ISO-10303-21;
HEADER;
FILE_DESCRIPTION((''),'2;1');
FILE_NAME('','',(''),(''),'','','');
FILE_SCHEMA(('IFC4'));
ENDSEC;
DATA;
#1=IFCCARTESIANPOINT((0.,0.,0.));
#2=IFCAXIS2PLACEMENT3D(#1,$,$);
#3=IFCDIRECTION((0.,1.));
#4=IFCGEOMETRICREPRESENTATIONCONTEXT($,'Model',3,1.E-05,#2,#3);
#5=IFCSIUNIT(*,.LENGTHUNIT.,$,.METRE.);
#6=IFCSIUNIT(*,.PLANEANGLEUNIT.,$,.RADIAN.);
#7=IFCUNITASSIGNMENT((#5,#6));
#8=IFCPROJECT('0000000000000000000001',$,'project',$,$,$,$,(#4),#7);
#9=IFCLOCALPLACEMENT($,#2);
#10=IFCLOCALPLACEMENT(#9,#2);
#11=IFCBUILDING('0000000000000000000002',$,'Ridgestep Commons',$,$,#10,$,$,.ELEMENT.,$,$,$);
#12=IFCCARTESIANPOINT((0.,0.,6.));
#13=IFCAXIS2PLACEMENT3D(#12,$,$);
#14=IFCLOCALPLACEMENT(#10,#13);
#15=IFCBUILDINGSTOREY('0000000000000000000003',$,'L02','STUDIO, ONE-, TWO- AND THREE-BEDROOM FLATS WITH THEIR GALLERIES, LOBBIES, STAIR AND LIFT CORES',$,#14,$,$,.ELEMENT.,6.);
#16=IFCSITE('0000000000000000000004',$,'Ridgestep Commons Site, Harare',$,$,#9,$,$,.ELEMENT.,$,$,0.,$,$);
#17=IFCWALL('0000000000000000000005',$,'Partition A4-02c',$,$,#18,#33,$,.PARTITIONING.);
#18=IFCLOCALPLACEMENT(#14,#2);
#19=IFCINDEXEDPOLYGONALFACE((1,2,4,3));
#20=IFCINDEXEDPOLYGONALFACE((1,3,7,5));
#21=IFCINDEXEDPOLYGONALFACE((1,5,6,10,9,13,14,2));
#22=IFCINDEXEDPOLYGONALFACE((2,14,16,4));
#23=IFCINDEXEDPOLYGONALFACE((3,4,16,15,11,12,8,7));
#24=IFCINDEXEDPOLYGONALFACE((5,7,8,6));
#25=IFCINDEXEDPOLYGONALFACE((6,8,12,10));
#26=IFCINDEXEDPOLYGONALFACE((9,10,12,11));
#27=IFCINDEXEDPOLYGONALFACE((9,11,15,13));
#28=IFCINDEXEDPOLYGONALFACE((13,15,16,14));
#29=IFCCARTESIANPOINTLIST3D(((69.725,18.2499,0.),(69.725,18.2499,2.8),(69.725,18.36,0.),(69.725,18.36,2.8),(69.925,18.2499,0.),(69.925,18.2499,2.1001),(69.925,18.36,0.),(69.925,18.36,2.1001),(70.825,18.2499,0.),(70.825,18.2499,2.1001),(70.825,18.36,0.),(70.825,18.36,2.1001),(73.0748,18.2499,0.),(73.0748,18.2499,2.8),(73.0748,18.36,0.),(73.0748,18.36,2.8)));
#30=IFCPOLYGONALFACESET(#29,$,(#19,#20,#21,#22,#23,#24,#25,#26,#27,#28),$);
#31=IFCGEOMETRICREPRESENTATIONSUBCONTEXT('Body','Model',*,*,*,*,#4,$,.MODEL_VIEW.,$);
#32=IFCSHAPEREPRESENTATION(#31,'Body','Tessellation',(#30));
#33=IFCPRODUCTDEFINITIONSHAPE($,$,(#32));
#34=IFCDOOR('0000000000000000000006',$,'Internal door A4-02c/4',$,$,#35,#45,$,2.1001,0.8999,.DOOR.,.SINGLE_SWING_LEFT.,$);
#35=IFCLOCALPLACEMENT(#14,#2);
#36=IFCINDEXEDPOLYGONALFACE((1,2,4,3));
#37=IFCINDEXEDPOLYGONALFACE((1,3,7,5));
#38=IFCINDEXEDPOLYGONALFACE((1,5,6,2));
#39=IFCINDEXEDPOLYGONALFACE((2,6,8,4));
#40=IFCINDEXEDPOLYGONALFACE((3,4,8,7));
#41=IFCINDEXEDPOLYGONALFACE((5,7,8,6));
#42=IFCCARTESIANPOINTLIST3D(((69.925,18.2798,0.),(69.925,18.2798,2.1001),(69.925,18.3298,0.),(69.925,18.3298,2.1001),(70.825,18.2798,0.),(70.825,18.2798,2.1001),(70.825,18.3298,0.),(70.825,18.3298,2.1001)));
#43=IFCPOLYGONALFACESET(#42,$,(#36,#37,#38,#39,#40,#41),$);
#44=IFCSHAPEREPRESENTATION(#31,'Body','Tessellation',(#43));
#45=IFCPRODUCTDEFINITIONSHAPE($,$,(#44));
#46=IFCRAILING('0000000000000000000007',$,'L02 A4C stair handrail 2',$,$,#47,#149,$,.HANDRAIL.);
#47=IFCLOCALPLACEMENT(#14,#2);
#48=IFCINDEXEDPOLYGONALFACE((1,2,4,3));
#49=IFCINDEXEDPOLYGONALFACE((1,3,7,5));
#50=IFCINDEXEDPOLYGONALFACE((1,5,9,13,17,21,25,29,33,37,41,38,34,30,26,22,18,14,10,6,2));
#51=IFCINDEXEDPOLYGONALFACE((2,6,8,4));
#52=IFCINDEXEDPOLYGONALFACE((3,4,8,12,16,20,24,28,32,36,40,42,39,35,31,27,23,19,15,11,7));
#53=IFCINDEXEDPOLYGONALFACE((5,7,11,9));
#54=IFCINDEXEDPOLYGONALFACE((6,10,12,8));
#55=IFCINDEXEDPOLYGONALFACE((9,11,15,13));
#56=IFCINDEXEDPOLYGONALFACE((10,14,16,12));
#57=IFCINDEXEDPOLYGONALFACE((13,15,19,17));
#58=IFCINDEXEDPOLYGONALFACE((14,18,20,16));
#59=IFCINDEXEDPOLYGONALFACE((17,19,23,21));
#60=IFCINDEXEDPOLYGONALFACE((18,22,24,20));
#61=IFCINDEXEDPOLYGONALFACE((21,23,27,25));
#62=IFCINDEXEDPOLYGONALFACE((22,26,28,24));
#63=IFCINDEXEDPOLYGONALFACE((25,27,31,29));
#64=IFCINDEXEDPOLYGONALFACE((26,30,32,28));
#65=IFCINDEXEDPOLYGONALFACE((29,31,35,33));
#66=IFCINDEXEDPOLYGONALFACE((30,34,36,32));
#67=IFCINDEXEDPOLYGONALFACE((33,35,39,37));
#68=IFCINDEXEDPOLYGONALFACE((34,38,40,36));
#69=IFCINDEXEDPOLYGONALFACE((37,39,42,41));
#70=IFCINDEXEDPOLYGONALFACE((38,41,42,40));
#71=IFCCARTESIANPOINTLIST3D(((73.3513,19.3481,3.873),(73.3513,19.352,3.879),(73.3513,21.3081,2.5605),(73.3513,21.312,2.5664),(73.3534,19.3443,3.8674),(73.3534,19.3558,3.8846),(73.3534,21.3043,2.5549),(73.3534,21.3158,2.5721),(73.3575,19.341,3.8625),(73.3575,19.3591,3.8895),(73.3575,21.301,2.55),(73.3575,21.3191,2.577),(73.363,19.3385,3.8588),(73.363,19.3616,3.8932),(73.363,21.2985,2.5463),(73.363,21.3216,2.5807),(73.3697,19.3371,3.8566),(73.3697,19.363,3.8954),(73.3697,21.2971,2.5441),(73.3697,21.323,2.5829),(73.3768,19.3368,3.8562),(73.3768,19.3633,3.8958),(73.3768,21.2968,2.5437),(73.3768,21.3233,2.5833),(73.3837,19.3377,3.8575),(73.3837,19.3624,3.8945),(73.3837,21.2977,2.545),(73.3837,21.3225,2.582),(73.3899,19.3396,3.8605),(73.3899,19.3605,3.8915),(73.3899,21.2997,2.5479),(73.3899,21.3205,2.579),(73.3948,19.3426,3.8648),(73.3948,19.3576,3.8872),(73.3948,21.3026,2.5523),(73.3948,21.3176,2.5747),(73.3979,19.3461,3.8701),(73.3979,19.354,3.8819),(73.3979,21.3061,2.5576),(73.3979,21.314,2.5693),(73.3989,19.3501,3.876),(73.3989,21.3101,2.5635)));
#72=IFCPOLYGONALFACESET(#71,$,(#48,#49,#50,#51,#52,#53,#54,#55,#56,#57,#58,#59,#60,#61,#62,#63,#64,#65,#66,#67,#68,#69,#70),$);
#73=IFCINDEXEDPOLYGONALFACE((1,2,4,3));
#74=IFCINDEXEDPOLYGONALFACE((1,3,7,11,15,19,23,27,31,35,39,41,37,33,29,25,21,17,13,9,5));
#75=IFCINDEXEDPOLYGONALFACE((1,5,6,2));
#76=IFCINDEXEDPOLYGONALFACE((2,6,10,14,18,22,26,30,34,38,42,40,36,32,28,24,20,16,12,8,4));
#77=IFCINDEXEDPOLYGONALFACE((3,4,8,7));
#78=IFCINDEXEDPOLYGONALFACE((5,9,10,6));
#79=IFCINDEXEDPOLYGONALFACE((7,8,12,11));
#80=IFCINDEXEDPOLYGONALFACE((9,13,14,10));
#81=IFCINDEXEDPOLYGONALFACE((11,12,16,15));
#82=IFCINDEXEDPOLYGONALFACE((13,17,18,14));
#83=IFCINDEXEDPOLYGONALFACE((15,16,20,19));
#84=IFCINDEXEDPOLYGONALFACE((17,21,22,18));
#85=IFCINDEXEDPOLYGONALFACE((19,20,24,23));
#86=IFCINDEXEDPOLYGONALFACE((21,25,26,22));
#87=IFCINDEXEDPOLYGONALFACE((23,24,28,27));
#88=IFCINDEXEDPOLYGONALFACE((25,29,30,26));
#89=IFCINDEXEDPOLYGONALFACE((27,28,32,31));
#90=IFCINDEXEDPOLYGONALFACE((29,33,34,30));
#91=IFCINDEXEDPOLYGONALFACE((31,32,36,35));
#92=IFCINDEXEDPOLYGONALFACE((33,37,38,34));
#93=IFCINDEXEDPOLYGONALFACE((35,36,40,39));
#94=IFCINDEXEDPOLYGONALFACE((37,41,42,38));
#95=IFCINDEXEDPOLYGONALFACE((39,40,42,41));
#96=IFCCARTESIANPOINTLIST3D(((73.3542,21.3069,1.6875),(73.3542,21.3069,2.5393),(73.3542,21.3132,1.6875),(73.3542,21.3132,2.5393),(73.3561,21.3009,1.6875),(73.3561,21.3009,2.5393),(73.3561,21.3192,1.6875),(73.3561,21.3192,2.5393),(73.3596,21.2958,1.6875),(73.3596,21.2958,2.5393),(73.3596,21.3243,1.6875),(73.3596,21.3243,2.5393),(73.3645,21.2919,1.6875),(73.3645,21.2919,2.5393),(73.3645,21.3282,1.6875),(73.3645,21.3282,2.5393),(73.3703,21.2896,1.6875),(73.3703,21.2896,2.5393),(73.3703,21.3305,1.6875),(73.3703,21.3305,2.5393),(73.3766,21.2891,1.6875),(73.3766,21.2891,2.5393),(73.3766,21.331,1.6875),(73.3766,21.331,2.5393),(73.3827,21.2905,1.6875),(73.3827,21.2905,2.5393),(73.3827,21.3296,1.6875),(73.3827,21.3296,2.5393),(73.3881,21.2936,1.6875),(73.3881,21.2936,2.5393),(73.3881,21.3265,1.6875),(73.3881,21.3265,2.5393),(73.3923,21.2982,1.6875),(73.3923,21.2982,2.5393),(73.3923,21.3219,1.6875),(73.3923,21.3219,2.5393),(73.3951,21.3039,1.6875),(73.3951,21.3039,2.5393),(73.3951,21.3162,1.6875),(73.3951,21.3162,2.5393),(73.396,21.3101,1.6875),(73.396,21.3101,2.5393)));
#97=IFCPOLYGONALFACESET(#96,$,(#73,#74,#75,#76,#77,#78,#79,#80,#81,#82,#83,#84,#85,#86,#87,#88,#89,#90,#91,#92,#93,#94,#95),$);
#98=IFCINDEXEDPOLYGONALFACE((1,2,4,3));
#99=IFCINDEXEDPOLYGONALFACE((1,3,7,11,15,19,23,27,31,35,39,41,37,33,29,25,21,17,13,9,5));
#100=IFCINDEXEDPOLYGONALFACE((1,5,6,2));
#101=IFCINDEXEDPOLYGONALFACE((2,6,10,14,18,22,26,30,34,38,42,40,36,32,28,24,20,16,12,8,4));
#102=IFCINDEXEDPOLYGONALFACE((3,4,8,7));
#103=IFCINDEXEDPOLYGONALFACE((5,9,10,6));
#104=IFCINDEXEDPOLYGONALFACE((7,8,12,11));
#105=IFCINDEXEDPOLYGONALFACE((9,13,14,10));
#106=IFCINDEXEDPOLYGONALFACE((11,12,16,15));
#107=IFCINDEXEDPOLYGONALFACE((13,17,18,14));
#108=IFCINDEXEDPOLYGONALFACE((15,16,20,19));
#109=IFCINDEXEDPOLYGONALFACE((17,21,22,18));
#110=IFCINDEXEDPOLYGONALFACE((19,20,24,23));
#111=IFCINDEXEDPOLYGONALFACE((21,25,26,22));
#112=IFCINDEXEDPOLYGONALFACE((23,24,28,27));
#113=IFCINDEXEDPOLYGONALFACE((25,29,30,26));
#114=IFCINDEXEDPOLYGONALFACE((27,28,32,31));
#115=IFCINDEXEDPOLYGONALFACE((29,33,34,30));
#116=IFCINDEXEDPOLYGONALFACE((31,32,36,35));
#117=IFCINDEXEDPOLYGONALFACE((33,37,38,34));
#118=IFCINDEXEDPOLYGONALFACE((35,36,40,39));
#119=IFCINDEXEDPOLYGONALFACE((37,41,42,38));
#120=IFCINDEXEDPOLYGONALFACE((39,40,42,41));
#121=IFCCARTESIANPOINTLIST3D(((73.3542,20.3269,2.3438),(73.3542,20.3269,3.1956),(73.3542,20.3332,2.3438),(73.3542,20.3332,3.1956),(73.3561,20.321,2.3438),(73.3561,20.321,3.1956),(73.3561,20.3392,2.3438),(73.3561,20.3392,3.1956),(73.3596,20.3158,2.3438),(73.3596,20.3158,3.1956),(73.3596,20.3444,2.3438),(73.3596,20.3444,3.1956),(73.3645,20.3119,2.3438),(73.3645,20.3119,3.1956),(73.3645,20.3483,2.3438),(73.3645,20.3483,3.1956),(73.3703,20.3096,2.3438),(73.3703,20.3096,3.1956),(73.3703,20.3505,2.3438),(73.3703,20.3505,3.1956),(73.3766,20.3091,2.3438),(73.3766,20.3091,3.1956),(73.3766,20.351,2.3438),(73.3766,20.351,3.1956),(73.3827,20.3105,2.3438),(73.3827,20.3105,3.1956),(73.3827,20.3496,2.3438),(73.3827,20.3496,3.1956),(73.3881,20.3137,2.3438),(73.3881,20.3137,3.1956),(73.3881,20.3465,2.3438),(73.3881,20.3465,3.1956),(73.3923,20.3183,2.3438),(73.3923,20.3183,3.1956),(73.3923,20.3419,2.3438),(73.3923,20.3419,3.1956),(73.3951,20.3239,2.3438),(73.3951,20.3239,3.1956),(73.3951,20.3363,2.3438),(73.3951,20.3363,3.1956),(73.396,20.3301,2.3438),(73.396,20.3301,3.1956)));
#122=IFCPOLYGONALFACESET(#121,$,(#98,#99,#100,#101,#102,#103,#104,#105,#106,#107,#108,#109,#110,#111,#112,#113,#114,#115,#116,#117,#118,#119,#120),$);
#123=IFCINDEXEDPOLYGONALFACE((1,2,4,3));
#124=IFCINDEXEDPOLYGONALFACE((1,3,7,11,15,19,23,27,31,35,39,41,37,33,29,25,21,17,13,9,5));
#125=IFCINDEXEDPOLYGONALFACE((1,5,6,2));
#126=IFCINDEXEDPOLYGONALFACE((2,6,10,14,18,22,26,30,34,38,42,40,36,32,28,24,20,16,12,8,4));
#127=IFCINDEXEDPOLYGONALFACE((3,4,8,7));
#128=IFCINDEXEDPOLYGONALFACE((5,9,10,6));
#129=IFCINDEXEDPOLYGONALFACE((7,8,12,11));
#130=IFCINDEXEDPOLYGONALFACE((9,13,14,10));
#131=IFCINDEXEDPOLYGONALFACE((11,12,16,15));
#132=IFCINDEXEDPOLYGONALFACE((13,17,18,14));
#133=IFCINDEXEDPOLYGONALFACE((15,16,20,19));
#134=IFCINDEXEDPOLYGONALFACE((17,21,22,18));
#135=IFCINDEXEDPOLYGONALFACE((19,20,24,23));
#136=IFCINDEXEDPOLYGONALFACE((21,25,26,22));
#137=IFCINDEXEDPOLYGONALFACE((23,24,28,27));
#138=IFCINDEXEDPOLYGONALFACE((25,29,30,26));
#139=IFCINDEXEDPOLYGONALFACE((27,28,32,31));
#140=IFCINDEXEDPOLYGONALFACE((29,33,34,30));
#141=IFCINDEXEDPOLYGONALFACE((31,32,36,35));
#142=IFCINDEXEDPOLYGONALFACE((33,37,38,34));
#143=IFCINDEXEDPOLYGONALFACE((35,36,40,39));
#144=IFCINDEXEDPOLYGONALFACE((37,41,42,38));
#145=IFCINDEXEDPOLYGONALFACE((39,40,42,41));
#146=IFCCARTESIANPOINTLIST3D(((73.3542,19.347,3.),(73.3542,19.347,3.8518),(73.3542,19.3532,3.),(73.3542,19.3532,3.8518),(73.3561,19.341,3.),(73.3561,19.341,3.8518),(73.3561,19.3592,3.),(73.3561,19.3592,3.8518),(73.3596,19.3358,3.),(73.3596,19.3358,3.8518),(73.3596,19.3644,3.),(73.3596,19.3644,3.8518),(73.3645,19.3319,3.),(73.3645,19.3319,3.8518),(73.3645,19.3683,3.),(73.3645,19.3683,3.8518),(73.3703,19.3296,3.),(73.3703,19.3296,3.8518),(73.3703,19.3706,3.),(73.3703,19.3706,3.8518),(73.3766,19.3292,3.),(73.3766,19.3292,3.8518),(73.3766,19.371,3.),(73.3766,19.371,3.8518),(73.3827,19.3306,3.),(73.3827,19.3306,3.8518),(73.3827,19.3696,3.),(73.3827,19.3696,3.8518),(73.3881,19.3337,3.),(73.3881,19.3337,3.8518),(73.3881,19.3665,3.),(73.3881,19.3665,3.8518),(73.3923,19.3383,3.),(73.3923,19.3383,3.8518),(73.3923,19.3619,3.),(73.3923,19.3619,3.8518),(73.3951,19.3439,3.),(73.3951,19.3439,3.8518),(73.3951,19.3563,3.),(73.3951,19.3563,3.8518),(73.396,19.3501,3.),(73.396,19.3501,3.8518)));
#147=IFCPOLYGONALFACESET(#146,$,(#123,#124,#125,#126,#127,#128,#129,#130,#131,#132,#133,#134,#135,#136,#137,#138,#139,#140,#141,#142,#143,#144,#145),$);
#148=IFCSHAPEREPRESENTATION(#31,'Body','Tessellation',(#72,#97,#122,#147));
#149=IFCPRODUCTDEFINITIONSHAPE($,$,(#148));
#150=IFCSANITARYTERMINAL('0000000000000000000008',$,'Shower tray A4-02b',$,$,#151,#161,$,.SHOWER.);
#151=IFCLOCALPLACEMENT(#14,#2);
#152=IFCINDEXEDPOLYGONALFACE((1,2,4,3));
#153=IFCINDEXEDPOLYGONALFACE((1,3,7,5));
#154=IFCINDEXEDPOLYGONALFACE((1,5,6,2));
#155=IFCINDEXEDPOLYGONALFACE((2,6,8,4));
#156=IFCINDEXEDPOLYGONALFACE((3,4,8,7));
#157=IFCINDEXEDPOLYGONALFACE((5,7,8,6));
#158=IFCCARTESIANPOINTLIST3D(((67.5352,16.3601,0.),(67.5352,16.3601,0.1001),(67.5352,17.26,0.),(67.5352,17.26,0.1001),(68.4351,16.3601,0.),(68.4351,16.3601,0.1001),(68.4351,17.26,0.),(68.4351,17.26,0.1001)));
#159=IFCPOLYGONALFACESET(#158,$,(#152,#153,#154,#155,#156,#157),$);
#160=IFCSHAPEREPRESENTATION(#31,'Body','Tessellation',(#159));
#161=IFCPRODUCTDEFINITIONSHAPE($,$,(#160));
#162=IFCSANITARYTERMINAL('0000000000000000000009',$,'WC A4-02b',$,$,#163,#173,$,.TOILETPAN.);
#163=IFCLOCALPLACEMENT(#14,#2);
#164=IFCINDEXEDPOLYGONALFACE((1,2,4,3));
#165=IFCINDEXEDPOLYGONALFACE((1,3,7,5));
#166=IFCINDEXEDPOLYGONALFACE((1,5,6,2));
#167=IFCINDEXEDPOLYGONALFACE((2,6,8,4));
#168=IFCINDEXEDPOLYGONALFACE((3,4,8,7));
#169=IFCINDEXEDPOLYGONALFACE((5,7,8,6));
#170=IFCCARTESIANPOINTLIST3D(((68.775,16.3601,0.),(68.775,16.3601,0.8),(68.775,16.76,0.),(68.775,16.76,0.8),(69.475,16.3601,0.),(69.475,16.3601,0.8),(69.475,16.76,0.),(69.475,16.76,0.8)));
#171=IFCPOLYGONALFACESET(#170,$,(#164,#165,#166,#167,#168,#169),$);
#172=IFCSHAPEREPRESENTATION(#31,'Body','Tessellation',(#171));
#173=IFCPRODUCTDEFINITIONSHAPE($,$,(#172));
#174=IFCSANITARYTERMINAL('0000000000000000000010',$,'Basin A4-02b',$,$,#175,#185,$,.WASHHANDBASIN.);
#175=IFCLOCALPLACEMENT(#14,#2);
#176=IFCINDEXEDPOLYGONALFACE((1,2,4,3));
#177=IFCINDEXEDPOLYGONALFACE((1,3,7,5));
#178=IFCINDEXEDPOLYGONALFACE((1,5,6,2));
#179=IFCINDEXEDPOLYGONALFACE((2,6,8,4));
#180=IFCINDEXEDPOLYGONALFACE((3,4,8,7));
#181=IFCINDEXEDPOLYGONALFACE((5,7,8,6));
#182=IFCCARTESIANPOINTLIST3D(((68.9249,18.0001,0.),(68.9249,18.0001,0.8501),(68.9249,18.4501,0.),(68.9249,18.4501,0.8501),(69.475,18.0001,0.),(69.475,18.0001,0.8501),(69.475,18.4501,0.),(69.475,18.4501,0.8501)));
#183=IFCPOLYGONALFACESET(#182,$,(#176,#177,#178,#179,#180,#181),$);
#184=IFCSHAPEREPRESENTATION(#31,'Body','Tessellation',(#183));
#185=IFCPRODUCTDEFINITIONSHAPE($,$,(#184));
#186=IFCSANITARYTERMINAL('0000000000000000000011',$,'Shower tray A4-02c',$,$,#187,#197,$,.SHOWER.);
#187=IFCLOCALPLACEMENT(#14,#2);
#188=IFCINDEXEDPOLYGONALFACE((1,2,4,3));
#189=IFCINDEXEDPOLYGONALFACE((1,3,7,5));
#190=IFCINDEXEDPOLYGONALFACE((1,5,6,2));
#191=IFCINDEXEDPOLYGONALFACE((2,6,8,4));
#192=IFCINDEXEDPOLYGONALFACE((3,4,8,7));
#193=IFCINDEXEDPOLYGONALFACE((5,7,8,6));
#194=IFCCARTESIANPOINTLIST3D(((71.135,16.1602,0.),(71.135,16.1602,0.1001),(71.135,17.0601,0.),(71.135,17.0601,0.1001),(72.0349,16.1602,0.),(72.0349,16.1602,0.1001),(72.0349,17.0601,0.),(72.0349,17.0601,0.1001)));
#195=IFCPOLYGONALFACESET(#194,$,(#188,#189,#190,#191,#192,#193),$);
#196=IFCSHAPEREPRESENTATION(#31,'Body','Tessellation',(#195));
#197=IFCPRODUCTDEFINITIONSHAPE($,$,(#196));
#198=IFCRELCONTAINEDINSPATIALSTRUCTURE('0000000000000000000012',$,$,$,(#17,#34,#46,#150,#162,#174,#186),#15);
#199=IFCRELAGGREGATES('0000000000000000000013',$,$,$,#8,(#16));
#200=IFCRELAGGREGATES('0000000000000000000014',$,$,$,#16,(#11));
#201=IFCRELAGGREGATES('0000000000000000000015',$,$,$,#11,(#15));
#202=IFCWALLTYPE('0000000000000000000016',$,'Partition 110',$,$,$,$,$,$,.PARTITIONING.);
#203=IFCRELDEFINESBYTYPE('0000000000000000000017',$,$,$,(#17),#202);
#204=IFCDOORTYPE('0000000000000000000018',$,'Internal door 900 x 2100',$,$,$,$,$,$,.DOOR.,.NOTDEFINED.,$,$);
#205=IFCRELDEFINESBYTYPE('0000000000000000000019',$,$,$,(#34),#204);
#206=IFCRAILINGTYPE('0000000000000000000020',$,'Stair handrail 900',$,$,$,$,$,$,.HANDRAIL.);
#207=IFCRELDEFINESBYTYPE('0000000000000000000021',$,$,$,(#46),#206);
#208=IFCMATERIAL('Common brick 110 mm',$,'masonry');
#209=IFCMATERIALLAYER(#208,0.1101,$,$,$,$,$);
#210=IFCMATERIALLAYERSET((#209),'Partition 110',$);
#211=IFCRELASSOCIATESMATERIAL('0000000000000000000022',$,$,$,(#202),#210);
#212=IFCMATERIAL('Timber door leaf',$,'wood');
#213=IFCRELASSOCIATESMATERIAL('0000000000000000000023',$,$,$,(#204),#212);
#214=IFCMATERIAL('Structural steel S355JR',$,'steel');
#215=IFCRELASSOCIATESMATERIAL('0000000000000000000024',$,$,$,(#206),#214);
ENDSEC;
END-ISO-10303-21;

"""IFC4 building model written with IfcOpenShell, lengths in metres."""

from ifc_helpers import new_model, si_unit, direction, frame, frame_2d, origin, origin_2d, place, context, subcontext, project, spatial, rectangle, circle, extrude, material, layer, layer_set, type_object, element, fill, save


model = new_model("IFC4")

# Units and contexts
model_context = context("Model", 3, precision=1e-05, world=origin(), true_north=direction((0.0, 1.0)))
body_context = subcontext(model_context, "Body", "Model", "MODEL_VIEW")
ifc_project = project(units=[si_unit("LENGTHUNIT", "METRE"), si_unit("PLANEANGLEUNIT", "RADIAN")], contexts=[model_context])

# Site, building, storey
site_placement = place(None, origin())
site = spatial("IfcSite", under=ifc_project, at=site_placement, Name="Ridgestep Commons Site, Harare", CompositionType="ELEMENT", RefElevation=0.0)
building_placement = place(site_placement, origin())
building = spatial("IfcBuilding", under=site, at=building_placement, Name="Ridgestep Commons", CompositionType="ELEMENT")
storey_placement = place(building_placement, frame((0.0, 0.0, 6.0)))
storey = spatial("IfcBuildingStorey", under=building, at=storey_placement, Name="L02", Description="STUDIO, ONE-, TWO- AND THREE-BEDROOM FLATS WITH THEIR GALLERIES, LOBBIES, STAIR AND LIFT CORES", CompositionType="ELEMENT", Elevation=6.0)

# Shared definitions
ifc_material_1 = material(Name="Common brick 110 mm", Category="masonry")
ifc_layer_1 = layer(ifc_material_1, 0.1101)
ifc_layer_set_1 = layer_set([ifc_layer_1], Name="Partition 110")
wall_type_1 = type_object("IfcWallType", Name="Partition 110", PredefinedType="PARTITIONING", material=ifc_layer_set_1)

# Shared definitions
ifc_material_2 = material(Name="Timber door leaf", Category="wood")
door_type_1 = type_object("IfcDoorType", Name="Internal door 900 x 2100", OperationType="NOTDEFINED", PredefinedType="DOOR", material=ifc_material_2)

# Wall, opening, door
wall_1_placement = place(storey_placement, frame((69.7251, 18.3049, 0.0), z_axis=(0.0, 0.0, 1.0), x_axis=(1.0, 0.0, 0.0)))
wall_1 = element("IfcWall", 1, at=wall_1_placement, inside=storey, type_object=wall_type_1, Name="Partition A4-02c", PredefinedType="PARTITIONING", context=body_context, shape_type="SweptSolid", body=[
    extrude(rectangle(XDim=3.3499, YDim=0.1101, at=frame_2d((1.6748, 0.0))), origin(), (0.0, 0.0, 1.0), 2.8),
])
opening_1_placement = place(wall_1_placement, frame((0.2, 0.0, 0.0)))
opening_1 = element("IfcOpeningElement", 2, at=opening_1_placement, cuts=wall_1, PredefinedType="OPENING", context=body_context, shape_type="SweptSolid", body=[
    extrude(rectangle(XDim=0.8999, YDim=2.1001, at=frame_2d((0.45, 1.05))), frame((0.0, 0.0649, 0.0), z_axis=(0.0, -1.0, 0.0), x_axis=(1.0, 0.0, 0.0)), (0.0, 0.0, 1.0), 0.1301),
])
door_1_placement = place(opening_1_placement, origin())
door_1 = element("IfcDoor", 3, at=door_1_placement, inside=storey, type_object=door_type_1, Name="Internal door A4-02c/4", OperationType="SINGLE_SWING_LEFT", OverallHeight=2.1001, OverallWidth=0.8999, PredefinedType="DOOR", context=body_context, shape_type="SweptSolid", body=[
    extrude(rectangle(XDim=0.8999, YDim=2.1001, at=frame_2d((0.45, 1.05))), frame((0.0, 0.0249, 0.0), z_axis=(0.0, -1.0, 0.0), x_axis=(1.0, 0.0, 0.0)), (0.0, 0.0, 1.0), 0.05),
])
fill(opening_1, door_1)

# Railing
ifc_material_3 = material(Name="Structural steel S355JR", Category="steel")
railing_type = type_object("IfcRailingType", Name="Stair handrail 900", PredefinedType="HANDRAIL", material=ifc_material_3)
railing_placement = place(storey_placement, frame((73.375, 21.3101, 1.6875)))
element("IfcRailing", 4, at=railing_placement, inside=storey, type_object=railing_type, Name="L02 A4C stair handrail 2", PredefinedType="HANDRAIL", context=body_context, shape_type="SweptSolid", body=[
    extrude(circle(Radius=0.0239, at=origin_2d()), frame((0.0, 0.0, 0.876), z_axis=(0.0, -0.830902, 0.556419), x_axis=(1.0, 0.0, 0.0)), (0.0, 0.0, 1.0), 2.3589),
    extrude(circle(Radius=0.021, at=origin_2d()), origin(), (0.0, 0.0, 1.0), 0.8518),
    extrude(circle(Radius=0.021, at=origin_2d()), frame((0.0, -0.98, 0.6562)), (0.0, 0.0, 1.0), 0.8518),
    extrude(circle(Radius=0.021, at=origin_2d()), frame((0.0, -1.96, 1.3125)), (0.0, 0.0, 1.0), 0.8518),
])

# Sanitary terminals
sanitary_terminal_1_placement = place(storey_placement, frame((67.9851, 16.8101, 0.0), z_axis=(0.0, 0.0, 1.0), x_axis=(1.0, 0.0, 0.0)))
element("IfcSanitaryTerminal", 5, at=sanitary_terminal_1_placement, inside=storey, Name="Shower tray A4-02b", PredefinedType="SHOWER", context=body_context, shape_type="SweptSolid", body=[
    extrude(rectangle(XDim=0.8999, YDim=0.8999, at=origin_2d()), origin(), (0.0, 0.0, 1.0), 0.1001),
])
sanitary_terminal_2_placement = place(storey_placement, frame((69.125, 16.5601, 0.0), z_axis=(0.0, 0.0, 1.0), x_axis=(1.0, 0.0, 0.0)))
element("IfcSanitaryTerminal", 6, at=sanitary_terminal_2_placement, inside=storey, Name="WC A4-02b", PredefinedType="TOILETPAN", context=body_context, shape_type="SweptSolid", body=[
    extrude(rectangle(XDim=0.7, YDim=0.3999, at=origin_2d()), origin(), (0.0, 0.0, 1.0), 0.8),
])
sanitary_terminal_3_placement = place(storey_placement, frame((69.2, 18.2251, 0.0), z_axis=(0.0, 0.0, 1.0), x_axis=(1.0, 0.0, 0.0)))
element("IfcSanitaryTerminal", 7, at=sanitary_terminal_3_placement, inside=storey, Name="Basin A4-02b", PredefinedType="WASHHANDBASIN", context=body_context, shape_type="SweptSolid", body=[
    extrude(rectangle(XDim=0.55, YDim=0.45, at=origin_2d()), origin(), (0.0, 0.0, 1.0), 0.8501),
])
sanitary_terminal_4_placement = place(storey_placement, frame((71.585, 16.6101, 0.0), z_axis=(0.0, 0.0, 1.0), x_axis=(1.0, 0.0, 0.0)))
element("IfcSanitaryTerminal", 8, at=sanitary_terminal_4_placement, inside=storey, Name="Shower tray A4-02c", PredefinedType="SHOWER", context=body_context, shape_type="SweptSolid", body=[
    extrude(rectangle(XDim=0.8999, YDim=0.8999, at=origin_2d()), origin(), (0.0, 0.0, 1.0), 0.1001),
])

save(model, "model.ifc")
